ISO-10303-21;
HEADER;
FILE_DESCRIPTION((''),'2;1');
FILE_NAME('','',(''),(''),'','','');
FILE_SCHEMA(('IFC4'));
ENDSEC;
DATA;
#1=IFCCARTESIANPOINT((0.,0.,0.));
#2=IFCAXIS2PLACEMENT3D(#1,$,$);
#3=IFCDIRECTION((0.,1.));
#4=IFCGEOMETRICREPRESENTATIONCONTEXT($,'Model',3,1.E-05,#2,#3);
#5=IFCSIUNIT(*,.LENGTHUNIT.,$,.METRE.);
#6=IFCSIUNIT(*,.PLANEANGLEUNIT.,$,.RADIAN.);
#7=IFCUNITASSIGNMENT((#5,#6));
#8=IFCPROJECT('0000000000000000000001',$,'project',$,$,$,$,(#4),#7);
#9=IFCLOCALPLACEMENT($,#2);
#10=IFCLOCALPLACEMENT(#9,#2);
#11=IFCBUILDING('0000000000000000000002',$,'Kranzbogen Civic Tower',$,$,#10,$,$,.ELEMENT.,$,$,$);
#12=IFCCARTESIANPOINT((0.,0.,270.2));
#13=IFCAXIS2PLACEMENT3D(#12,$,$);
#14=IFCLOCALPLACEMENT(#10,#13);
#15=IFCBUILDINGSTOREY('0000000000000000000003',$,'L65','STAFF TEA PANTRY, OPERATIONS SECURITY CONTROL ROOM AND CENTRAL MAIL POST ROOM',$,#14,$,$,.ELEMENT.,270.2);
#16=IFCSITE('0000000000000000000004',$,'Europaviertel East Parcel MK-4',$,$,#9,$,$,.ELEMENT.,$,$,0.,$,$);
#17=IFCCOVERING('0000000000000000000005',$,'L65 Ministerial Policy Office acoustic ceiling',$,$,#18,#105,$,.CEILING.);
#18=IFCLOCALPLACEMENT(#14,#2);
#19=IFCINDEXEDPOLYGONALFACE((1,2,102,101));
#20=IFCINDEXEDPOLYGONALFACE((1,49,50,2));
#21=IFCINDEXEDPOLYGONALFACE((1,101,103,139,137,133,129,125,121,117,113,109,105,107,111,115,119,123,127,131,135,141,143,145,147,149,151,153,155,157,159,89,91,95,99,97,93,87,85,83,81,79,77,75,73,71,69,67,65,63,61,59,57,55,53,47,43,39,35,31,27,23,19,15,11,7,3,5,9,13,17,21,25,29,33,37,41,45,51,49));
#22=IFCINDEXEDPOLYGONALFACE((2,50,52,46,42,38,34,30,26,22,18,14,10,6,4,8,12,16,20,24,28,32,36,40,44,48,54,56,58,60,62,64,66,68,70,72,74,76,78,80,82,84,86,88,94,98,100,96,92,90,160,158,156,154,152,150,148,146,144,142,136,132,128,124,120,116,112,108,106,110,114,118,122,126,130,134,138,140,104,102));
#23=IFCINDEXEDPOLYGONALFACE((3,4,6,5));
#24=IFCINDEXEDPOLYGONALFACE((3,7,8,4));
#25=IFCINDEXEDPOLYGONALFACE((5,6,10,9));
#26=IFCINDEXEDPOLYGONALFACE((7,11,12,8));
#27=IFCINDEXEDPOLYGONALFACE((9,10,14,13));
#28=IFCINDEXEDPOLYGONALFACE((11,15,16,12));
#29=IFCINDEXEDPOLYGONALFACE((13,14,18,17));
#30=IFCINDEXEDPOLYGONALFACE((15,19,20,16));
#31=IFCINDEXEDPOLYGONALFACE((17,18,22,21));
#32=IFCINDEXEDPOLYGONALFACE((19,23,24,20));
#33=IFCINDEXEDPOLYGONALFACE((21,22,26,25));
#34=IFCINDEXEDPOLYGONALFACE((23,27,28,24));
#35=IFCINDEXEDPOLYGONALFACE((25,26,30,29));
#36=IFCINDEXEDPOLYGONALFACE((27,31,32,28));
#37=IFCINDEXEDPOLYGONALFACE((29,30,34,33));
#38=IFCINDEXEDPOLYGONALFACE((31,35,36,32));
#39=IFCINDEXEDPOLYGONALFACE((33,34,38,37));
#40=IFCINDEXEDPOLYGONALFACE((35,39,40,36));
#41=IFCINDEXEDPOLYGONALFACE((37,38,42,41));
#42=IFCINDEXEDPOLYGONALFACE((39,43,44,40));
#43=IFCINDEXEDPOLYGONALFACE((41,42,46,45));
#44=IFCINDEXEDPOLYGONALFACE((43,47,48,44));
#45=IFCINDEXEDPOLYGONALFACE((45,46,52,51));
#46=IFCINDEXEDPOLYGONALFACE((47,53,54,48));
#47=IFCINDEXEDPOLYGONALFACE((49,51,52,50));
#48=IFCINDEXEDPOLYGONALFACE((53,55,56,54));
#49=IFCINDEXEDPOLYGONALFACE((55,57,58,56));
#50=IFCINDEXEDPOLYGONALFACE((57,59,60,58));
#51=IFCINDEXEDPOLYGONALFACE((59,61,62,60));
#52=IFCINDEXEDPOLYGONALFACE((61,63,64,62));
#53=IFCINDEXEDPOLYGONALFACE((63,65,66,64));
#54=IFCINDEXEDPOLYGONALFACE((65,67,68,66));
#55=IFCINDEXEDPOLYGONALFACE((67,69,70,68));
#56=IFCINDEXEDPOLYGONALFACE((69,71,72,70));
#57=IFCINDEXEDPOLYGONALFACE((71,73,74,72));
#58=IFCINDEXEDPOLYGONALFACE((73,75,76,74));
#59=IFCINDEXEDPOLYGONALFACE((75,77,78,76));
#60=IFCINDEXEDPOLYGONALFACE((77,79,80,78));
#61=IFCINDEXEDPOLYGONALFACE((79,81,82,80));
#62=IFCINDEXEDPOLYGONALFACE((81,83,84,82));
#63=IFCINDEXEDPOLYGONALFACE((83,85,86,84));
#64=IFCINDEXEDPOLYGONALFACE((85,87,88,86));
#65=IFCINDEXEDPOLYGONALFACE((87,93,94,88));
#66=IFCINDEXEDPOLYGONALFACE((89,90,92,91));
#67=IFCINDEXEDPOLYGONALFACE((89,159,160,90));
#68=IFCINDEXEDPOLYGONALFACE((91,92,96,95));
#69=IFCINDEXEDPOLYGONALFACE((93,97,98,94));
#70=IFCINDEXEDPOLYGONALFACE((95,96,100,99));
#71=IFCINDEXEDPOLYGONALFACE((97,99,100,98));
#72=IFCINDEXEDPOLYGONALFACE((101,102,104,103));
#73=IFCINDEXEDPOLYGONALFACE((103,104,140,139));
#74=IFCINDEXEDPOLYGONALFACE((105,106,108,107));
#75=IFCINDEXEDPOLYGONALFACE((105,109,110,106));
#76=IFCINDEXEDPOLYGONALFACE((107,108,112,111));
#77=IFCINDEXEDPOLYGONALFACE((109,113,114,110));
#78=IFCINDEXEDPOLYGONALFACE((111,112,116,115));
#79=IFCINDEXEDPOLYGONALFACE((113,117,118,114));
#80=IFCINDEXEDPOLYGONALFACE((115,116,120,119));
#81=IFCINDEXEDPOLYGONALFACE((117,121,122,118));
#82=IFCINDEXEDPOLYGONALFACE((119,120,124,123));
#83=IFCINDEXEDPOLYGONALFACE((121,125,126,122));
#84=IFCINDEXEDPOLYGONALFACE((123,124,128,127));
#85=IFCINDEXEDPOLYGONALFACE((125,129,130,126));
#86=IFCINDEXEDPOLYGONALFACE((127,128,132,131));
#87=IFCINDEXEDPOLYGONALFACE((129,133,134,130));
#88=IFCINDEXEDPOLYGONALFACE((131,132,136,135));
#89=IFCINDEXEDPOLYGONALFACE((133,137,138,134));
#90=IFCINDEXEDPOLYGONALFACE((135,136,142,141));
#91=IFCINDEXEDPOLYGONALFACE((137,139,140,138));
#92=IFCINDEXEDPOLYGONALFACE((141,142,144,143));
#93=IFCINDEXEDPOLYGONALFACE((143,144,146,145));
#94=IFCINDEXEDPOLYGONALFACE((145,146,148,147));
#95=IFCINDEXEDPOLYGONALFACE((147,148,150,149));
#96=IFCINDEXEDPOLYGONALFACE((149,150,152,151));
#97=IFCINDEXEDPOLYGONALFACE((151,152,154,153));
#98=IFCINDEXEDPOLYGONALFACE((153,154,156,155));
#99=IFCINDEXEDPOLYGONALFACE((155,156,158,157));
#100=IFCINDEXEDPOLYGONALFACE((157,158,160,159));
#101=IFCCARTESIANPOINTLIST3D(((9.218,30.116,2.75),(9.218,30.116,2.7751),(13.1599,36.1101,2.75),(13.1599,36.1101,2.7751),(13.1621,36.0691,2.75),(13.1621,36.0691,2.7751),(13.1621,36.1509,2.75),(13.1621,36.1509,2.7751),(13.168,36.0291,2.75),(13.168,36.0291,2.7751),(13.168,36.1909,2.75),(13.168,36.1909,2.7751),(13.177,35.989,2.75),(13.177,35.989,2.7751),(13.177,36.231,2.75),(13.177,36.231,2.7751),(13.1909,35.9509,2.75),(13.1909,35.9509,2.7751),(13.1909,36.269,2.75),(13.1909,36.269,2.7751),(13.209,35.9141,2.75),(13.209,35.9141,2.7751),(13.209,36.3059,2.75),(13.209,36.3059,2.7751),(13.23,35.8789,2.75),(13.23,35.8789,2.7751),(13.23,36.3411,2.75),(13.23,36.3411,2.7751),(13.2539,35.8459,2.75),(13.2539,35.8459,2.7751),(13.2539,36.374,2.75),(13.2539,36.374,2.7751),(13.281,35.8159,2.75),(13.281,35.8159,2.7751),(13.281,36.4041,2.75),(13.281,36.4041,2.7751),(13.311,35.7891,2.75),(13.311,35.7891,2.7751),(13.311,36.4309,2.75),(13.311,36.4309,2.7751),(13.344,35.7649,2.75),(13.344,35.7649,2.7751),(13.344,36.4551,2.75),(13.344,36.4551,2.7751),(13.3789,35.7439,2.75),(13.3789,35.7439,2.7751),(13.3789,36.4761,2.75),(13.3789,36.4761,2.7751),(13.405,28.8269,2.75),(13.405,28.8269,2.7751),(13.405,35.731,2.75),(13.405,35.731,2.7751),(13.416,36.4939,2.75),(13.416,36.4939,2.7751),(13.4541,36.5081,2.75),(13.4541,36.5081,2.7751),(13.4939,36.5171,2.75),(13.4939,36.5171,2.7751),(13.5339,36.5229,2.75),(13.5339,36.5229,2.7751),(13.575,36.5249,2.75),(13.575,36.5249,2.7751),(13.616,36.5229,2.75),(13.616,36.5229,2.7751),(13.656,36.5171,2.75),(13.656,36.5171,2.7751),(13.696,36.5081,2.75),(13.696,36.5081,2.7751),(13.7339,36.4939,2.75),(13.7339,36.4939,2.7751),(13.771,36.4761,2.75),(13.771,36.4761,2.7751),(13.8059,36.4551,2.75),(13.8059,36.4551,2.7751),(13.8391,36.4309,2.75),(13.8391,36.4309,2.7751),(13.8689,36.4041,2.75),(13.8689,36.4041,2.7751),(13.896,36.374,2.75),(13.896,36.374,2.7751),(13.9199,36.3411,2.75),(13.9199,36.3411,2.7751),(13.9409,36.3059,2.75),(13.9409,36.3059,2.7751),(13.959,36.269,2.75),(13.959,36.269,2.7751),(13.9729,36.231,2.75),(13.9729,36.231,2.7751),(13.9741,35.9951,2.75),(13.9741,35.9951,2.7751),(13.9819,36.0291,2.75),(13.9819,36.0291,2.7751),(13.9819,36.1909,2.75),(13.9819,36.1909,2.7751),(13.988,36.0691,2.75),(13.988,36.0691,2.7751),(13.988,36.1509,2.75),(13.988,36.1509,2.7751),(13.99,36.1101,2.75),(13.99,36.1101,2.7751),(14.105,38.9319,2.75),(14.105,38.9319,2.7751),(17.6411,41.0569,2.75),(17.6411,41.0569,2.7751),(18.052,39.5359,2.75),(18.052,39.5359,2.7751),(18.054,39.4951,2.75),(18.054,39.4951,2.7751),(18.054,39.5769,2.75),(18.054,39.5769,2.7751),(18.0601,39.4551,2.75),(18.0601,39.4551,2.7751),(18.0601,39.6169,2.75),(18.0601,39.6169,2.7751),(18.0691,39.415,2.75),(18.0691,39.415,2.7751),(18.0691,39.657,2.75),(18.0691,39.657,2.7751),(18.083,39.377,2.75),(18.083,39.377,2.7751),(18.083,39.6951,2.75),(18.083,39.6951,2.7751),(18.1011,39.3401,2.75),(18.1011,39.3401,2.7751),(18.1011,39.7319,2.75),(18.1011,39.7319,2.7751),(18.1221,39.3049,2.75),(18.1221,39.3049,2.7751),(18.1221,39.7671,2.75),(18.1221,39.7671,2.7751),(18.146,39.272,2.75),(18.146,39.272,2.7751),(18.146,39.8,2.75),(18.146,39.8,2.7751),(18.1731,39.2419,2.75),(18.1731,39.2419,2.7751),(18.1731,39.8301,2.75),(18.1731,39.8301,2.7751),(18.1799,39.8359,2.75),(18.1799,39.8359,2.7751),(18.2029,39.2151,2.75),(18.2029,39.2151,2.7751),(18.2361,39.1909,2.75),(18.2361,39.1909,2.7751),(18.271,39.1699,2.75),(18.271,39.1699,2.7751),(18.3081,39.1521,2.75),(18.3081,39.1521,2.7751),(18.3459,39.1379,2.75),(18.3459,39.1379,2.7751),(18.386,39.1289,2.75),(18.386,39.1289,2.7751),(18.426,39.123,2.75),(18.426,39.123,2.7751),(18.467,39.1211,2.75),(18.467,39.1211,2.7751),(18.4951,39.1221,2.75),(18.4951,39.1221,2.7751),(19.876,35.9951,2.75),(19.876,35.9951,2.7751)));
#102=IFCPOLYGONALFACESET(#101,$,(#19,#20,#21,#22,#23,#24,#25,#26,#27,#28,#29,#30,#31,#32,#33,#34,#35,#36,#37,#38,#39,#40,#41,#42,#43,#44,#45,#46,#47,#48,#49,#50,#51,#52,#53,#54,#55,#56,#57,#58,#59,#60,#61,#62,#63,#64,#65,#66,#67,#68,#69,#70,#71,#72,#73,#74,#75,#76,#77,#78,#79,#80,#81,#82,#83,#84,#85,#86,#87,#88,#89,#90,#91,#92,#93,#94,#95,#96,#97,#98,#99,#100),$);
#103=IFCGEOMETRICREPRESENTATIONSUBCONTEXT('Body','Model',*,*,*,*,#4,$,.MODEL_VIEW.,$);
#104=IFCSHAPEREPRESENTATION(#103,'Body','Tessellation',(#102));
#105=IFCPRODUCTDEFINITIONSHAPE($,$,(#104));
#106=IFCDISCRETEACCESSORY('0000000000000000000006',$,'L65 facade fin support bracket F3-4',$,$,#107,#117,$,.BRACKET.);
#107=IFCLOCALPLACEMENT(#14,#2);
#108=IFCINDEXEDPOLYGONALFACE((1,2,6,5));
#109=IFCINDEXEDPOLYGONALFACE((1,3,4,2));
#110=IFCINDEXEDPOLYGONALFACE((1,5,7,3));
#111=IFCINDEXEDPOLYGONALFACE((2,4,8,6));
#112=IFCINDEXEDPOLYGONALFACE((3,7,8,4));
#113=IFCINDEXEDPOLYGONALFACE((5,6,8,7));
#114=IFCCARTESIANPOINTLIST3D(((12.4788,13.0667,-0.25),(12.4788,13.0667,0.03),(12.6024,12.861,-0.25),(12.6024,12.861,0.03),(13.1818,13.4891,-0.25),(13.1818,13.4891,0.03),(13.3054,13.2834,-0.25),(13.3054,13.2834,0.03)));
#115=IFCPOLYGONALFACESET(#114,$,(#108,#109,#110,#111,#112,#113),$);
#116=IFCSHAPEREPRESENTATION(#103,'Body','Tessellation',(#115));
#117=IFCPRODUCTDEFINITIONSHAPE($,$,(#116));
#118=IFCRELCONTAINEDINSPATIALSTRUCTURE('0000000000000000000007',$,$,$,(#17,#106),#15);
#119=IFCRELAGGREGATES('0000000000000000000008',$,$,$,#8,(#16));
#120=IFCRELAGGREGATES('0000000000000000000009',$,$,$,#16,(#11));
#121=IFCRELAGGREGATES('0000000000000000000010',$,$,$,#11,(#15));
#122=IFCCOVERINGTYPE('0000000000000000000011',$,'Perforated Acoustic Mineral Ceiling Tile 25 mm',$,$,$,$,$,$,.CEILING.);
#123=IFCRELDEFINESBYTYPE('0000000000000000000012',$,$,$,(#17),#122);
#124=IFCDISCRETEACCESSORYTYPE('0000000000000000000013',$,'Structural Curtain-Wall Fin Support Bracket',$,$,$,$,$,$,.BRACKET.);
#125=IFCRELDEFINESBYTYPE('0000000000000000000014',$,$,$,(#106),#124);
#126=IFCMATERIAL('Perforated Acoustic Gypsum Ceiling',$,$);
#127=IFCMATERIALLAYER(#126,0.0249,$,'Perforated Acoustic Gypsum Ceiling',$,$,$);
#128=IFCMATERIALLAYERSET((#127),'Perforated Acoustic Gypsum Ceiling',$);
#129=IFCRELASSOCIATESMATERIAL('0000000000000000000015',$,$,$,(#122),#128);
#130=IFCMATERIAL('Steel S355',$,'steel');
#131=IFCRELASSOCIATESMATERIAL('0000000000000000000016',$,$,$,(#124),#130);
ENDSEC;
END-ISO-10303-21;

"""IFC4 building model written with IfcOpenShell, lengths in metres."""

from ifc_helpers import new_model, si_unit, direction, frame, origin, origin_2d, place, context, subcontext, project, spatial, polyline, rectangle, outline, extrude, material, layer, layer_set, type_object, element, save


model = new_model("IFC4")

# Units and contexts
model_context = context("Model", 3, precision=1e-05, world=origin(), true_north=direction((0.0, 1.0)))
body_context = subcontext(model_context, "Body", "Model", "MODEL_VIEW")
ifc_project = project(units=[si_unit("LENGTHUNIT", "METRE"), si_unit("PLANEANGLEUNIT", "RADIAN")], contexts=[model_context])

# Site, building, storey
site_placement = place(None, origin())
site = spatial("IfcSite", under=ifc_project, at=site_placement, Name="Europaviertel East Parcel MK-4", CompositionType="ELEMENT", RefElevation=0.0)
building_placement = place(site_placement, origin())
building = spatial("IfcBuilding", under=site, at=building_placement, Name="Kranzbogen Civic Tower", CompositionType="ELEMENT")
storey_placement = place(building_placement, frame((0.0, 0.0, 270.2)))
storey = spatial("IfcBuildingStorey", under=building, at=storey_placement, Name="L65", Description="STAFF TEA PANTRY, OPERATIONS SECURITY CONTROL ROOM AND CENTRAL MAIL POST ROOM", CompositionType="ELEMENT", Elevation=270.2)

# Shared definitions
ifc_material_1 = material(Name="Steel S355", Category="steel")

# Covering
ifc_material_2 = material(Name="Perforated Acoustic Gypsum Ceiling")
ifc_layer_1 = layer(ifc_material_2, 0.0249, Name="Perforated Acoustic Gypsum Ceiling")
ifc_layer_set_1 = layer_set([ifc_layer_1], Name="Perforated Acoustic Gypsum Ceiling")
covering_type_1 = type_object("IfcCoveringType", Name="Perforated Acoustic Mineral Ceiling Tile 25 mm", PredefinedType="CEILING", material=ifc_layer_set_1)
covering_1_placement = place(storey_placement, frame((0.0, 0.0, 2.75)))
element("IfcCovering", 1, at=covering_1_placement, inside=storey, type_object=covering_type_1, Name="L65 Ministerial Policy Office acoustic ceiling", PredefinedType="CEILING", context=body_context, shape_type="SweptSolid", body=[
    extrude(outline(polyline([(17.6411, 41.0569), (18.1799, 39.8359), (18.1731, 39.8301), (18.146, 39.8), (18.1221, 39.7671), (18.1011, 39.7319), (18.083, 39.6951), (18.0691, 39.657), (18.0601, 39.6169), (18.054, 39.5769), (18.052, 39.5359), (18.054, 39.4951), (18.0601, 39.4551), (18.0691, 39.415), (18.083, 39.377), (18.1011, 39.3401), (18.1221, 39.3049), (18.146, 39.272), (18.1731, 39.2419), (18.2029, 39.2151), (18.2361, 39.1909), (18.271, 39.1699), (18.3081, 39.1521), (18.3459, 39.1379), (18.386, 39.1289), (18.426, 39.123), (18.467, 39.1211), (18.4951, 39.1221), (19.876, 35.9951), (13.9741, 35.9951), (13.9819, 36.0291), (13.988, 36.0691), (13.99, 36.1101), (13.988, 36.1509), (13.9819, 36.1909), (13.9729, 36.231), (13.959, 36.269), (13.9409, 36.3059), (13.9199, 36.3411), (13.896, 36.374), (13.8689, 36.4041), (13.8391, 36.4309), (13.8059, 36.4551), (13.771, 36.4761), (13.7339, 36.4939), (13.696, 36.5081), (13.656, 36.5171), (13.616, 36.5229), (13.575, 36.5249), (13.5339, 36.5229), (13.4939, 36.5171), (13.4541, 36.5081), (13.416, 36.4939), (13.3789, 36.4761), (13.344, 36.4551), (13.311, 36.4309), (13.281, 36.4041), (13.2539, 36.374), (13.23, 36.3411), (13.209, 36.3059), (13.1909, 36.269), (13.177, 36.231), (13.168, 36.1909), (13.1621, 36.1509), (13.1599, 36.1101), (13.1621, 36.0691), (13.168, 36.0291), (13.177, 35.989), (13.1909, 35.9509), (13.209, 35.9141), (13.23, 35.8789), (13.2539, 35.8459), (13.281, 35.8159), (13.311, 35.7891), (13.344, 35.7649), (13.3789, 35.7439), (13.405, 35.731), (13.405, 28.8269), (9.218, 30.116), (14.105, 38.9319), (17.6411, 41.0569)])), origin(), (0.0, 0.0, 1.0), 0.0251),
])

# Discrete accessory
discrete_accessory_type = type_object("IfcDiscreteAccessoryType", Name="Structural Curtain-Wall Fin Support Bracket", PredefinedType="BRACKET", material=ifc_material_1)
discrete_accessory_placement = place(storey_placement, frame((12.8921, 13.175, -0.25), z_axis=(0.0, 0.0, 1.0), x_axis=(-0.857167, -0.515038, 0.0)))
element("IfcDiscreteAccessory", 2, at=discrete_accessory_placement, inside=storey, type_object=discrete_accessory_type, Name="L65 facade fin support bracket F3-4", PredefinedType="BRACKET", context=body_context, shape_type="SweptSolid", body=[
    extrude(rectangle(XDim=0.8201, YDim=0.24, at=origin_2d()), origin(), (0.0, 0.0, 1.0), 0.28),
])

save(model, "model.ifc")
